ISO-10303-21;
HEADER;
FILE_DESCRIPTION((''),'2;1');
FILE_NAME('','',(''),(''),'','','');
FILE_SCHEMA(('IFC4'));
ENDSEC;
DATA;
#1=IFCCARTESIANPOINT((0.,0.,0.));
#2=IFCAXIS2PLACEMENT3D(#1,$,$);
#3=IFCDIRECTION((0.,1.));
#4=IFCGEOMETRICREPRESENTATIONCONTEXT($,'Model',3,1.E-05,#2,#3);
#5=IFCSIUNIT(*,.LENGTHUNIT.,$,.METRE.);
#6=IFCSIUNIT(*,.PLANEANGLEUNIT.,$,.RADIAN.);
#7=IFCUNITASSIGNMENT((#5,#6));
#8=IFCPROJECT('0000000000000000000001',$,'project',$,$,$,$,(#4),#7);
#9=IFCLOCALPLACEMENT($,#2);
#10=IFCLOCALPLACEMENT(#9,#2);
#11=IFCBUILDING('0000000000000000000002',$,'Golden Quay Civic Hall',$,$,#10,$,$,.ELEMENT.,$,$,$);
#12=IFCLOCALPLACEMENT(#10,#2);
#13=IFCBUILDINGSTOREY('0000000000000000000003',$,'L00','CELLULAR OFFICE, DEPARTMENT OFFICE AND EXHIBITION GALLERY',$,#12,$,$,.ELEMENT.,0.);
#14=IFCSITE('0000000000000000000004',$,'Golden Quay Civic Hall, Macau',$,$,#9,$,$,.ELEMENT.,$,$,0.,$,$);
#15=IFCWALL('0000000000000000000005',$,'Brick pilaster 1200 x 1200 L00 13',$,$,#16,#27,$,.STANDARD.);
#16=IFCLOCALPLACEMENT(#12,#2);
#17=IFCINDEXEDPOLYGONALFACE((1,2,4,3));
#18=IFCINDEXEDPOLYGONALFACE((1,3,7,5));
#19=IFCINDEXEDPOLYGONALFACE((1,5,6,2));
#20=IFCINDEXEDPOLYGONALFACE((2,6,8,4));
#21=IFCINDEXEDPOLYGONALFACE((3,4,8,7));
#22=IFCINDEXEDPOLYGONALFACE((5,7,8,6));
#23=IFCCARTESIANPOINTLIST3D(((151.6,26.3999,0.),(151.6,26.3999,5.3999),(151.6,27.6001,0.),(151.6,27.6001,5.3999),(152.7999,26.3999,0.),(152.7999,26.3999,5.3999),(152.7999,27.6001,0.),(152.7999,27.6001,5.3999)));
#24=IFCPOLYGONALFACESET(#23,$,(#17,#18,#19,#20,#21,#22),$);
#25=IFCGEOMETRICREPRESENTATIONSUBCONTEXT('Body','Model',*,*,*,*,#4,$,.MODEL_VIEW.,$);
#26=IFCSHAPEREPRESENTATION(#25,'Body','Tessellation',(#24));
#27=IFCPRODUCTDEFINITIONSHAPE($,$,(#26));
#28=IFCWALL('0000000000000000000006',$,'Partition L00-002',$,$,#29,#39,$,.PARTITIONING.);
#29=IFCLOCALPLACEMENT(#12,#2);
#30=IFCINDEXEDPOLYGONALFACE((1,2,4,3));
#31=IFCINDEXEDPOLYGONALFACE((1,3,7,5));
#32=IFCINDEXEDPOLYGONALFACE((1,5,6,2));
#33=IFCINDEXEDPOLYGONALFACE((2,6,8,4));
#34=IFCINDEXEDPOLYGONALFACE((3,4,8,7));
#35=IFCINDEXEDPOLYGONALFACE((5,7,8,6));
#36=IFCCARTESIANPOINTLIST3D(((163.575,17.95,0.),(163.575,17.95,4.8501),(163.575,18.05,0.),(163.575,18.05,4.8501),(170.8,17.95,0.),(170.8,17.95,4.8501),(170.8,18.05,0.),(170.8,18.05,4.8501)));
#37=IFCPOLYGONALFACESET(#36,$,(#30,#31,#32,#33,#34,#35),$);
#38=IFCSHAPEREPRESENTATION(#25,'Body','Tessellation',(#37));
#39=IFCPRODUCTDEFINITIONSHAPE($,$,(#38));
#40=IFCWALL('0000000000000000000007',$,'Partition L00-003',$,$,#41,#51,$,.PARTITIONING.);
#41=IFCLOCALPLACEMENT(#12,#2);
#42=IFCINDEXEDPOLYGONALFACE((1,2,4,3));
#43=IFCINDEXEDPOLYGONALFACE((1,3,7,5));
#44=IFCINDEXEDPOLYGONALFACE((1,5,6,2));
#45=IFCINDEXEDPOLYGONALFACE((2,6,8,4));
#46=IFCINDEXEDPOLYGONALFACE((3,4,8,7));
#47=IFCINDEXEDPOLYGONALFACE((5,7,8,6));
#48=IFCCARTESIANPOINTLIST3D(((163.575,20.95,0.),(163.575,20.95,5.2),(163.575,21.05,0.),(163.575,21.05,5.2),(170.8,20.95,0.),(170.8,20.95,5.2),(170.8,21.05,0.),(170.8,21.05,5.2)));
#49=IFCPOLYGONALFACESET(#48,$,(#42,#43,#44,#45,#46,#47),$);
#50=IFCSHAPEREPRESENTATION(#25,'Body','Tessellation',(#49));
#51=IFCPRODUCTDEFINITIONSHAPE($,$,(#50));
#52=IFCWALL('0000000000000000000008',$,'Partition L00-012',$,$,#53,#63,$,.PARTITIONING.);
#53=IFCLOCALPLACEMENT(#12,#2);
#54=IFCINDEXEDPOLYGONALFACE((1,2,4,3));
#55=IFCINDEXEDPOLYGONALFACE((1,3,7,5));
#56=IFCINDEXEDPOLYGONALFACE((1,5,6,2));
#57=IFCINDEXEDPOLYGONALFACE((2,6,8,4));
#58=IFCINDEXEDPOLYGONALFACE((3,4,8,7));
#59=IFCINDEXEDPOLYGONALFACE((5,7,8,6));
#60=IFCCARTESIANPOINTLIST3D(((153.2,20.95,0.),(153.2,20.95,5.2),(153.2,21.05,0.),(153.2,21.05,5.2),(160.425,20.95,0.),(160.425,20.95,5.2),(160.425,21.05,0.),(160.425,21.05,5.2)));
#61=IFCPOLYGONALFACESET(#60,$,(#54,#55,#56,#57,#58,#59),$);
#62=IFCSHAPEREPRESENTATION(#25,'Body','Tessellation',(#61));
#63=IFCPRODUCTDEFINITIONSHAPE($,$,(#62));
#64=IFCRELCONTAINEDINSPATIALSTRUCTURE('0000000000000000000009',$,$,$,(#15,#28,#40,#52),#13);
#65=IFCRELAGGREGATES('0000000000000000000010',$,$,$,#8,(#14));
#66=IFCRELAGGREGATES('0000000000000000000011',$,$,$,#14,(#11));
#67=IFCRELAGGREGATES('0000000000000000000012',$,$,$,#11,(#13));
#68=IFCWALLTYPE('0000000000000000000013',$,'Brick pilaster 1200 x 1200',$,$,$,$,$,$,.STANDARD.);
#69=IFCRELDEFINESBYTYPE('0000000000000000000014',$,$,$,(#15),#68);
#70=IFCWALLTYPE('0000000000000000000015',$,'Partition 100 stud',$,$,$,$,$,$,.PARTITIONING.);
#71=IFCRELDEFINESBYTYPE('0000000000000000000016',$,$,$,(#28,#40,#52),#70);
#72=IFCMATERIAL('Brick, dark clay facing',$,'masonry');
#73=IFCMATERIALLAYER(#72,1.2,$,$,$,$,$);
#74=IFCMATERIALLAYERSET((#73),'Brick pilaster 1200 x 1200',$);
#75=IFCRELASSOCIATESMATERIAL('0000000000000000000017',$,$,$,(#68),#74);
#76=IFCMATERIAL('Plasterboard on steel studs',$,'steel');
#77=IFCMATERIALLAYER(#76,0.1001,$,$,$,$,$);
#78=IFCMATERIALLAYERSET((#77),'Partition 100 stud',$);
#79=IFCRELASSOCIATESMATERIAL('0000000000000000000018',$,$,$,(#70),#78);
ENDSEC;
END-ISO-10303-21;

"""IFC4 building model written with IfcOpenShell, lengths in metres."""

from ifc_helpers import new_model, si_unit, direction, frame, frame_2d, origin, place, context, subcontext, project, spatial, rectangle, extrude, material, layer, layer_set, type_object, element, save


model = new_model("IFC4")

# Units and contexts
model_context = context("Model", 3, precision=1e-05, world=origin(), true_north=direction((0.0, 1.0)))
body_context = subcontext(model_context, "Body", "Model", "MODEL_VIEW")
ifc_project = project(units=[si_unit("LENGTHUNIT", "METRE"), si_unit("PLANEANGLEUNIT", "RADIAN")], contexts=[model_context])

# Site, building, storey
site_placement = place(None, origin())
site = spatial("IfcSite", under=ifc_project, at=site_placement, Name="Golden Quay Civic Hall, Macau", CompositionType="ELEMENT", RefElevation=0.0)
building_placement = place(site_placement, origin())
building = spatial("IfcBuilding", under=site, at=building_placement, Name="Golden Quay Civic Hall", CompositionType="ELEMENT")
storey_placement = place(building_placement, origin())
storey = spatial("IfcBuildingStorey", under=building, at=storey_placement, Name="L00", Description="CELLULAR OFFICE, DEPARTMENT OFFICE AND EXHIBITION GALLERY", CompositionType="ELEMENT", Elevation=0.0)

# Walls
ifc_material_1 = material(Name="Brick, dark clay facing", Category="masonry")
ifc_layer_1 = layer(ifc_material_1, 1.2)
ifc_layer_set_1 = layer_set([ifc_layer_1], Name="Brick pilaster 1200 x 1200")
wall_type_1 = type_object("IfcWallType", Name="Brick pilaster 1200 x 1200", PredefinedType="STANDARD", material=ifc_layer_set_1)
for number, where, z_axis, x_axis, name in (
    (1, (152.2, 26.3999, 0.0), (0.0, 0.0, 1.0), (0.0, 1.0, 0.0), "Brick pilaster 1200 x 1200 L00 13"),
):
    element("IfcWall", number, at=place(storey_placement, frame(where, z_axis=z_axis, x_axis=x_axis)), inside=storey, type_object=wall_type_1, Name=name, PredefinedType="STANDARD", context=body_context, shape_type="SweptSolid", body=[
        extrude(rectangle(XDim=1.2002, YDim=1.2, at=frame_2d((0.6001, 0.0))), origin(), (0.0, 0.0, 1.0), 5.3999),
    ])
ifc_material_2 = material(Name="Plasterboard on steel studs", Category="steel")
ifc_layer_2 = layer(ifc_material_2, 0.1001)
ifc_layer_set_2 = layer_set([ifc_layer_2], Name="Partition 100 stud")
wall_type_2 = type_object("IfcWallType", Name="Partition 100 stud", PredefinedType="PARTITIONING", material=ifc_layer_set_2)
wall_1_placement = place(storey_placement, frame((163.575, 18.0, 0.0), z_axis=(0.0, 0.0, 1.0), x_axis=(1.0, 0.0, 0.0)))
element("IfcWall", 2, at=wall_1_placement, inside=storey, type_object=wall_type_2, Name="Partition L00-002", PredefinedType="PARTITIONING", context=body_context, shape_type="SweptSolid", body=[
    extrude(rectangle(XDim=7.2251, YDim=0.1001, at=frame_2d((3.6125, 0.0))), origin(), (0.0, 0.0, 1.0), 4.8501),
])
for number, where, z_axis, x_axis, name in (
    (3, (163.575, 21.0, 0.0), (0.0, 0.0, 1.0), (1.0, 0.0, 0.0), "Partition L00-003"),
    (4, (153.2, 21.0, 0.0), (0.0, 0.0, 1.0), (1.0, 0.0, 0.0), "Partition L00-012"),
):
    element("IfcWall", number, at=place(storey_placement, frame(where, z_axis=z_axis, x_axis=x_axis)), inside=storey, type_object=wall_type_2, Name=name, PredefinedType="PARTITIONING", context=body_context, shape_type="SweptSolid", body=[
        extrude(rectangle(XDim=7.2251, YDim=0.1001, at=frame_2d((3.6125, 0.0))), origin(), (0.0, 0.0, 1.0), 5.2),
    ])

save(model, "model.ifc")
